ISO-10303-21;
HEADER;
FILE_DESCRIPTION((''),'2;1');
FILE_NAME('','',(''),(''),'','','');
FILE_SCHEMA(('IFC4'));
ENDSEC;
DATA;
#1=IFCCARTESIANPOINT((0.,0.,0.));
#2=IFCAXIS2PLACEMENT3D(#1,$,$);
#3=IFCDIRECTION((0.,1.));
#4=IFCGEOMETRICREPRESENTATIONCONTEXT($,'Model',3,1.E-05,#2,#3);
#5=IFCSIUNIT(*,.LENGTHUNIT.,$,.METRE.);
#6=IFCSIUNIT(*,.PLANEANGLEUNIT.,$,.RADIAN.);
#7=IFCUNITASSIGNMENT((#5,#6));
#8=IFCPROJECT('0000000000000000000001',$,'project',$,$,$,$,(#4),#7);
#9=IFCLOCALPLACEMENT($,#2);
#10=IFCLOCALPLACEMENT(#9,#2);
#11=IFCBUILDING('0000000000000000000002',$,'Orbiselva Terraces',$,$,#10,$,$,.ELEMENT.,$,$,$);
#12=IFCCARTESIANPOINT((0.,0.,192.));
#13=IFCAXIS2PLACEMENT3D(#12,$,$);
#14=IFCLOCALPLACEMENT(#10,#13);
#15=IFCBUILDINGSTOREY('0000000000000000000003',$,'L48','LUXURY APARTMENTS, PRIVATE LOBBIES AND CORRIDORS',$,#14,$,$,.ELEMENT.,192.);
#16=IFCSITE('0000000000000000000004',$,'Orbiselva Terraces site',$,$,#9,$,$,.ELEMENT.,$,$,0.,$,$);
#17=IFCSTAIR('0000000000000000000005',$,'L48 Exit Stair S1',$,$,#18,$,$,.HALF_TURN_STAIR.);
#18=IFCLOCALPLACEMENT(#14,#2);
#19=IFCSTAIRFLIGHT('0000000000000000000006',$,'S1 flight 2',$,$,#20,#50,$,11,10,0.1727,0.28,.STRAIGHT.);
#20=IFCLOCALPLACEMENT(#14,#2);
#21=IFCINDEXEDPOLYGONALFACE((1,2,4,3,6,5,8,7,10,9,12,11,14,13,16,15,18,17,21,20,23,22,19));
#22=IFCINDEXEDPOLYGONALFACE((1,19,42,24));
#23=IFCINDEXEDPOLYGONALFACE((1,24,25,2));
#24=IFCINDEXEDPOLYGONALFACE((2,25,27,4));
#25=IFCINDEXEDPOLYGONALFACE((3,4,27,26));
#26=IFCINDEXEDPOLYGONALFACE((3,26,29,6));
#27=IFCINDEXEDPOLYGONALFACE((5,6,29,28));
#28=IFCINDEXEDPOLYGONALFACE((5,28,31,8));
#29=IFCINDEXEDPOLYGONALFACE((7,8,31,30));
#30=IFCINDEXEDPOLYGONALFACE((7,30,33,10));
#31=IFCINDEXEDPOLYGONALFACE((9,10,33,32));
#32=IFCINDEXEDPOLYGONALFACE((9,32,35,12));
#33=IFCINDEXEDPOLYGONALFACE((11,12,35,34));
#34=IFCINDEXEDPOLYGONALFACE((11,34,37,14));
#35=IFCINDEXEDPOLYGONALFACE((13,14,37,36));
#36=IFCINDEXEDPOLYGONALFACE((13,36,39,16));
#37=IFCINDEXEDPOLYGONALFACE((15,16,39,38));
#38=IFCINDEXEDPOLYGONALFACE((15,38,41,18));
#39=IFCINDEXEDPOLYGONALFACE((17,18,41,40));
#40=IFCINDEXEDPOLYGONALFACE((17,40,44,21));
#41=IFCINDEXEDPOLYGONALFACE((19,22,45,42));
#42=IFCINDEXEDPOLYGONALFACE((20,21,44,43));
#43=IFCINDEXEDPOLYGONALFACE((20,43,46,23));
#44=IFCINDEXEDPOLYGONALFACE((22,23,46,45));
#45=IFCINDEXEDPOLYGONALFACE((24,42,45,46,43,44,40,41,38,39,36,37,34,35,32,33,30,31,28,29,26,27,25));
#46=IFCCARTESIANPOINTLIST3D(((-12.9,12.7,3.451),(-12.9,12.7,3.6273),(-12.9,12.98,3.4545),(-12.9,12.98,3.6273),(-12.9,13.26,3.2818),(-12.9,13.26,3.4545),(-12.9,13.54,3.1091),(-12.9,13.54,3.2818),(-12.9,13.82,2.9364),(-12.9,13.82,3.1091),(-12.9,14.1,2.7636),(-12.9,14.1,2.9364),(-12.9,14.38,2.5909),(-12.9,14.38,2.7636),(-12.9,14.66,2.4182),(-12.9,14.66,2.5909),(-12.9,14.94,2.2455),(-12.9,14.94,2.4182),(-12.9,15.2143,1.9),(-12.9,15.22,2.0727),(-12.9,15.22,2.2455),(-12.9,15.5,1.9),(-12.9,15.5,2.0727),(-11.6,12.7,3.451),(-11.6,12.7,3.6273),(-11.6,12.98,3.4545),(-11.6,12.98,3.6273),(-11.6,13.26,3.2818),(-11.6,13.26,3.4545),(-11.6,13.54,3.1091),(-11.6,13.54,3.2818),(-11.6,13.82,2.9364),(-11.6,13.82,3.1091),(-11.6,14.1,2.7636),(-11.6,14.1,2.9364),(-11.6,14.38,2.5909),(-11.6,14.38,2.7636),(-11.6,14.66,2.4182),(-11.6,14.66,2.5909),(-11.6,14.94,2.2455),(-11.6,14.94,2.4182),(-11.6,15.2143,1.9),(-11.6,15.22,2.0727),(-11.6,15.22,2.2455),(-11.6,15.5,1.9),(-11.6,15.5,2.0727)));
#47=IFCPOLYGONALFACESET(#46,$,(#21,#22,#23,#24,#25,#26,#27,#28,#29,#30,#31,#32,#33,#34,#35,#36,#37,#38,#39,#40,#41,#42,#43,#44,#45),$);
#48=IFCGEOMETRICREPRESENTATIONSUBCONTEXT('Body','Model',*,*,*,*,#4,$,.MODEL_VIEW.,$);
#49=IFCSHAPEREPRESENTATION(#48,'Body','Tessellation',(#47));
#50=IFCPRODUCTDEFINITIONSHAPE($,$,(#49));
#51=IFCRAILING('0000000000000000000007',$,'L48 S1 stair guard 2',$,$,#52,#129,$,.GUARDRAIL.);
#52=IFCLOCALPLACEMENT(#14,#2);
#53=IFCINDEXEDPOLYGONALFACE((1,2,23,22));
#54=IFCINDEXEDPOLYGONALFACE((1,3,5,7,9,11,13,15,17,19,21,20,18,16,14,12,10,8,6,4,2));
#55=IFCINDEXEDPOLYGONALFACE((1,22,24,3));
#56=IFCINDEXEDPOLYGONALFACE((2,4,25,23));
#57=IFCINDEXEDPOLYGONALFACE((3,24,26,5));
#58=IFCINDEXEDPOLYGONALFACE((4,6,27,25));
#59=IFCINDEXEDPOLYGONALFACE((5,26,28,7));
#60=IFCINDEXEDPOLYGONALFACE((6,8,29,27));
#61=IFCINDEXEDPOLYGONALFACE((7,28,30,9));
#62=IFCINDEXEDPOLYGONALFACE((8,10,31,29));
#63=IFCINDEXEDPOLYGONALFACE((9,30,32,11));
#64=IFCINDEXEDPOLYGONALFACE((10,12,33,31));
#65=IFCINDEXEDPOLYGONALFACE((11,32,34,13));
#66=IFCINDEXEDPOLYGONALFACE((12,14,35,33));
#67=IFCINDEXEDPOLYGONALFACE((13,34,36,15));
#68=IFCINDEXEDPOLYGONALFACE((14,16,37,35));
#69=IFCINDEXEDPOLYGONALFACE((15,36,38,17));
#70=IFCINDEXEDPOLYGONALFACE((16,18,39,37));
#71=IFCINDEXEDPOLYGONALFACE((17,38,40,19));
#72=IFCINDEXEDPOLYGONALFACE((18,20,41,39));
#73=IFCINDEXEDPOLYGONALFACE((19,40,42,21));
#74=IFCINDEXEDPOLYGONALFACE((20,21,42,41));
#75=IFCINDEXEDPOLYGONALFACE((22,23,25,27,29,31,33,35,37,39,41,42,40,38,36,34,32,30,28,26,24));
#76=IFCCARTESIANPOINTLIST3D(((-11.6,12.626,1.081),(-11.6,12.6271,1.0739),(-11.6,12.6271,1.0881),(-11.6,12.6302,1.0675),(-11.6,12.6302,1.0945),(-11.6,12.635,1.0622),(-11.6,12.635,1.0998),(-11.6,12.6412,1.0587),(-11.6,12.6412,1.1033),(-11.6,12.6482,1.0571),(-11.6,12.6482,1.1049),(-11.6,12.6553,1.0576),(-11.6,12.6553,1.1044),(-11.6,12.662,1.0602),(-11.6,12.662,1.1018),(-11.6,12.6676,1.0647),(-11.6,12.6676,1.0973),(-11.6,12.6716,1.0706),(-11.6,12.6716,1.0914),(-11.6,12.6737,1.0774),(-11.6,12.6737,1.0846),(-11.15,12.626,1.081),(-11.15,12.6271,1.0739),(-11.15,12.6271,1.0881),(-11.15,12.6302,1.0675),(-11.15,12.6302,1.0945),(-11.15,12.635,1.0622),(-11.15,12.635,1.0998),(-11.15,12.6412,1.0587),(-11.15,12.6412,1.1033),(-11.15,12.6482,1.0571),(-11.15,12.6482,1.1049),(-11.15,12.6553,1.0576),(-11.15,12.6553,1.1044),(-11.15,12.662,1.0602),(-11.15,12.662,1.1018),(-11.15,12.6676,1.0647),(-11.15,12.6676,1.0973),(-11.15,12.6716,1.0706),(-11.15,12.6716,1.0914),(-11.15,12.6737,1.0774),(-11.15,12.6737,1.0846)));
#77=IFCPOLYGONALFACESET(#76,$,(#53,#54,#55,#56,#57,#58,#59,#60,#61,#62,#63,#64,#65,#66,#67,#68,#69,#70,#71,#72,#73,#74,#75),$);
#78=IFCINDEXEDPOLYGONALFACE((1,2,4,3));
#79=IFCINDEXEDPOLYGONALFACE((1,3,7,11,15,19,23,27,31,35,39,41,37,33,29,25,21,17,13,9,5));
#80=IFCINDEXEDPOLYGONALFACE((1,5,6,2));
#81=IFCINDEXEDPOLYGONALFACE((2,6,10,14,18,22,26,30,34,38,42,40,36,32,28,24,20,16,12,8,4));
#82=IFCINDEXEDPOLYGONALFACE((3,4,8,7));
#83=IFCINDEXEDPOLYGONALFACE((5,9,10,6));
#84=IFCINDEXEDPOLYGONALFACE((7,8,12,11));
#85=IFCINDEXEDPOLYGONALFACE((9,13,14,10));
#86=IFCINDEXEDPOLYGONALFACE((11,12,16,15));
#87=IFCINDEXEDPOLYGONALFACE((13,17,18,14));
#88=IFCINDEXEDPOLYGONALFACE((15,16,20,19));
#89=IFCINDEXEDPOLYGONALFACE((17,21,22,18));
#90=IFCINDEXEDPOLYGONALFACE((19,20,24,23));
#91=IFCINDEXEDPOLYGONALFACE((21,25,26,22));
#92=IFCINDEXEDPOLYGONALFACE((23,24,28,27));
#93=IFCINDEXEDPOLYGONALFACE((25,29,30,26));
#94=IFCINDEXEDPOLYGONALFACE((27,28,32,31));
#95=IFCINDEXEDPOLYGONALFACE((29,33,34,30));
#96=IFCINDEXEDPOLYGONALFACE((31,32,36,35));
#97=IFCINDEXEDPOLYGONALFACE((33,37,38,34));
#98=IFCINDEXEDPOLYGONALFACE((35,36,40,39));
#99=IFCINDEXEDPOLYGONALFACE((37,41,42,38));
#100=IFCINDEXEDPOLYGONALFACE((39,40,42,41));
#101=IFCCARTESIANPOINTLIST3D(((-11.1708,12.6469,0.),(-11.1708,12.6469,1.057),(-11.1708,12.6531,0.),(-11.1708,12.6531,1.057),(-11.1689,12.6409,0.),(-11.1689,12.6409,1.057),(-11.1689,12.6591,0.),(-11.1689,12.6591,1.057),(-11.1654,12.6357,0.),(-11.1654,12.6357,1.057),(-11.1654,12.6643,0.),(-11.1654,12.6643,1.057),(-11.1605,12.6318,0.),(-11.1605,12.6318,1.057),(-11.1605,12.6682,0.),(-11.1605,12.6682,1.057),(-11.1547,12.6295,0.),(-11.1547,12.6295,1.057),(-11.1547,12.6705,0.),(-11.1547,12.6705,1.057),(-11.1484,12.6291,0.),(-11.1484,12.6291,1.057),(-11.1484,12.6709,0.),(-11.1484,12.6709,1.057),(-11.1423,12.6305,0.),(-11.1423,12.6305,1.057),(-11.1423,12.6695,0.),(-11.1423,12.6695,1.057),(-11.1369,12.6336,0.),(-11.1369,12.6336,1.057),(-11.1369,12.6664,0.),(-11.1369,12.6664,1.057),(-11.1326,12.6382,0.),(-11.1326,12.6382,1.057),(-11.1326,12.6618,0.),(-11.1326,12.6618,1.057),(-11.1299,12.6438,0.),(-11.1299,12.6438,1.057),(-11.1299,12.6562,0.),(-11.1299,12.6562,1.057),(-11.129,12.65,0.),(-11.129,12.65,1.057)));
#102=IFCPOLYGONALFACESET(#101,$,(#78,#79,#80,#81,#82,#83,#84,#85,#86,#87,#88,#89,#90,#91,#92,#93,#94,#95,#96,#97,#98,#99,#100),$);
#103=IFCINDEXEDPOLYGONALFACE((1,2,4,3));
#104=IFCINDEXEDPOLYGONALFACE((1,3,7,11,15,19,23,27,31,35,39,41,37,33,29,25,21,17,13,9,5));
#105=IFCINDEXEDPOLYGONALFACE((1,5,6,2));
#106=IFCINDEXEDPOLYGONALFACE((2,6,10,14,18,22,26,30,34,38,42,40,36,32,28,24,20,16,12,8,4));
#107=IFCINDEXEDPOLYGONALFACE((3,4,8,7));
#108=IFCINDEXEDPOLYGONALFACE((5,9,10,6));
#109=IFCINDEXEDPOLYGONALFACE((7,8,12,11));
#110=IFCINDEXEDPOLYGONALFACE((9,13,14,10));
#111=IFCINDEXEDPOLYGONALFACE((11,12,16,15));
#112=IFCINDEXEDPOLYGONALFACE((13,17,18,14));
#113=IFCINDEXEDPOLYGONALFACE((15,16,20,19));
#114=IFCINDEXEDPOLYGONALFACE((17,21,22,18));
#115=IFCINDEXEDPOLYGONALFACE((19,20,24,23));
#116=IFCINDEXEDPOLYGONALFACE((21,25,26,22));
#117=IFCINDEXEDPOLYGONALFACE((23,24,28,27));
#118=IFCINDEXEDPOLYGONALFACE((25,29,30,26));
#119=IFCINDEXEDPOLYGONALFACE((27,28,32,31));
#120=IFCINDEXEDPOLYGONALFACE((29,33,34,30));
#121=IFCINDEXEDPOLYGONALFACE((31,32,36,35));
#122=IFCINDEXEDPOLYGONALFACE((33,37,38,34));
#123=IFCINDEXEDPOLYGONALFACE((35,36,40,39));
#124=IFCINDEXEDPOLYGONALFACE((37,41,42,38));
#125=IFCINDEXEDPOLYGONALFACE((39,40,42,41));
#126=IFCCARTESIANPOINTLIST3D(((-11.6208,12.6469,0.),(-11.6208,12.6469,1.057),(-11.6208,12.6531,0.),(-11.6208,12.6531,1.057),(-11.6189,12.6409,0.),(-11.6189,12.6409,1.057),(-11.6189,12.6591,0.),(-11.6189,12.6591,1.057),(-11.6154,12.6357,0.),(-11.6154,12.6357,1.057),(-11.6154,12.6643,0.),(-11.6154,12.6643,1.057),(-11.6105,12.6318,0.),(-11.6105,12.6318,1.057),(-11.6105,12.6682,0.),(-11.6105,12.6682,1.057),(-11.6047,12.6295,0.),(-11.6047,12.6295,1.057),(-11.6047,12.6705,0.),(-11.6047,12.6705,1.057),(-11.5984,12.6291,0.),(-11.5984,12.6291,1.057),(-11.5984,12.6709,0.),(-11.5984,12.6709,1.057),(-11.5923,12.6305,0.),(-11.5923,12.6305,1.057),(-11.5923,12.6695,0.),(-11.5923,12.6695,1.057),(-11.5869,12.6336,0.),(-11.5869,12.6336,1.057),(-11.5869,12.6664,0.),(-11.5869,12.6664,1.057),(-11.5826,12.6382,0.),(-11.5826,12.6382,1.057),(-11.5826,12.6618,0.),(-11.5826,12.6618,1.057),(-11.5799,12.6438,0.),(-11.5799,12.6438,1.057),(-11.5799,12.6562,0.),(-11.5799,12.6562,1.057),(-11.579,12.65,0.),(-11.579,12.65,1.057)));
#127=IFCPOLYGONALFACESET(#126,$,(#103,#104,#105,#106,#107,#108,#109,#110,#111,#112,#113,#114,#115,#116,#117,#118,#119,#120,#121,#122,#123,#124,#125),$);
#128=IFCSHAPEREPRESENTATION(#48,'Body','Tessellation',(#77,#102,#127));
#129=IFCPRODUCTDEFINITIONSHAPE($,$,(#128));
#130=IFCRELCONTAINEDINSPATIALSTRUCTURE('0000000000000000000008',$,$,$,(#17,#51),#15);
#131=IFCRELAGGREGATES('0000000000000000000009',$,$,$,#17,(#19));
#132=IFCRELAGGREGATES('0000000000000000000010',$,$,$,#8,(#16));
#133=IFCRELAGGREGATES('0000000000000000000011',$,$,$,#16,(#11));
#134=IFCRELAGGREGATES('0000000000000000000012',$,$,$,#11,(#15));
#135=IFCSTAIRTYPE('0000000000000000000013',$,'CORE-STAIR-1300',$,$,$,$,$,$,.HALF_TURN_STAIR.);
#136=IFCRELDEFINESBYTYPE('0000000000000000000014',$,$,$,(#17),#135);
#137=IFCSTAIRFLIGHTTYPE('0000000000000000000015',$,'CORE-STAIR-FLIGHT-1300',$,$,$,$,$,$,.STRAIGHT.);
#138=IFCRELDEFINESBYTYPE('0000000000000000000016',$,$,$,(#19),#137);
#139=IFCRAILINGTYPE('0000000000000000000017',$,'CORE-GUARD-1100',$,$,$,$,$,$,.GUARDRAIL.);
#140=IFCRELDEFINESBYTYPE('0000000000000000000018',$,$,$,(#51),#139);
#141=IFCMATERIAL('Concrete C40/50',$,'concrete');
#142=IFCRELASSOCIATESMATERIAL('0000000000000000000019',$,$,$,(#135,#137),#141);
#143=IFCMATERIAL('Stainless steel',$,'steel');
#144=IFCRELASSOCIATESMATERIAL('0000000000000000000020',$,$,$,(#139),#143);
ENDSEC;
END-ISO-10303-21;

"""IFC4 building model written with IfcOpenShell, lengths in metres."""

from ifc_helpers import new_model, si_unit, direction, frame, origin, origin_2d, place, context, subcontext, project, spatial, polyline, circle, outline, extrude, material, type_object, element, aggregate, save


model = new_model("IFC4")

# Units and contexts
model_context = context("Model", 3, precision=1e-05, world=origin(), true_north=direction((0.0, 1.0)))
body_context = subcontext(model_context, "Body", "Model", "MODEL_VIEW")
ifc_project = project(units=[si_unit("LENGTHUNIT", "METRE"), si_unit("PLANEANGLEUNIT", "RADIAN")], contexts=[model_context])

# Site, building, storey
site_placement = place(None, origin())
site = spatial("IfcSite", under=ifc_project, at=site_placement, Name="Orbiselva Terraces site", CompositionType="ELEMENT", RefElevation=0.0)
building_placement = place(site_placement, origin())
building = spatial("IfcBuilding", under=site, at=building_placement, Name="Orbiselva Terraces", CompositionType="ELEMENT")
storey_placement = place(building_placement, frame((0.0, 0.0, 192.0)))
storey = spatial("IfcBuildingStorey", under=building, at=storey_placement, Name="L48", Description="LUXURY APARTMENTS, PRIVATE LOBBIES AND CORRIDORS", CompositionType="ELEMENT", Elevation=192.0)

# Shared definitions
ifc_material_1 = material(Name="Concrete C40/50", Category="concrete")

# Stair, stair flight
stair_type = type_object("IfcStairType", Name="CORE-STAIR-1300", PredefinedType="HALF_TURN_STAIR", material=ifc_material_1)
stair_placement = place(storey_placement, origin())
stair = element("IfcStair", 1, at=stair_placement, inside=storey, type_object=stair_type, Name="L48 Exit Stair S1", PredefinedType="HALF_TURN_STAIR")
stair_flight_type = type_object("IfcStairFlightType", Name="CORE-STAIR-FLIGHT-1300", PredefinedType="STRAIGHT", material=ifc_material_1)
stair_flight_1_placement = place(storey_placement, frame((-12.25, 15.5, 1.9), z_axis=(0.0, 0.0, 1.0), x_axis=(0.0, -1.0, 0.0)))
stair_flight_1 = element("IfcStairFlight", 2, at=stair_flight_1_placement, type_object=stair_flight_type, Name="S1 flight 2", NumberOfRisers=11, NumberOfTreads=10, PredefinedType="STRAIGHT", RiserHeight=0.1727, TreadLength=0.28, context=body_context, shape_type="SweptSolid", body=[
    extrude(outline(polyline([(0.0, 0.0), (0.0, 0.1727), (0.28, 0.1727), (0.28, 0.3455), (0.56, 0.3455), (0.56, 0.5182), (0.84, 0.5182), (0.84, 0.6909), (1.12, 0.6909), (1.12, 0.8636), (1.4, 0.8636), (1.4, 1.0364), (1.68, 1.0364), (1.68, 1.2091), (1.96, 1.2091), (1.96, 1.3818), (2.24, 1.3818), (2.24, 1.5545), (2.52, 1.5545), (2.52, 1.7273), (2.8, 1.7273), (2.8, 1.9), (2.8, 1.551), (0.2857, 0.0), (0.0, 0.0)])), frame((0.0, 0.65, 0.0), z_axis=(0.0, -1.0, 0.0), x_axis=(1.0, 0.0, 0.0)), (0.0, 0.0, 1.0), 1.3),
])
aggregate(stair, [stair_flight_1])

# Railing
ifc_material_2 = material(Name="Stainless steel", Category="steel")
railing_type_1 = type_object("IfcRailingType", Name="CORE-GUARD-1100", PredefinedType="GUARDRAIL", material=ifc_material_2)
railing_1_placement = place(storey_placement, frame((-11.15, 12.65, 0.0)))
element("IfcRailing", 3, at=railing_1_placement, inside=storey, type_object=railing_type_1, Name="L48 S1 stair guard 2", PredefinedType="GUARDRAIL", context=body_context, shape_type="SweptSolid", body=[
    extrude(circle(Radius=0.024, at=origin_2d()), frame((0.0, 0.0, 1.081), z_axis=(-1.0, 0.0, 0.0), x_axis=(0.0, -1.0, 0.0)), (0.0, 0.0, 1.0), 0.45),
    extrude(circle(Radius=0.021, at=origin_2d()), origin(), (0.0, 0.0, 1.0), 1.057),
    extrude(circle(Radius=0.021, at=origin_2d()), frame((-0.45, 0.0, 0.0)), (0.0, 0.0, 1.0), 1.057),
])

save(model, "model.ifc")
